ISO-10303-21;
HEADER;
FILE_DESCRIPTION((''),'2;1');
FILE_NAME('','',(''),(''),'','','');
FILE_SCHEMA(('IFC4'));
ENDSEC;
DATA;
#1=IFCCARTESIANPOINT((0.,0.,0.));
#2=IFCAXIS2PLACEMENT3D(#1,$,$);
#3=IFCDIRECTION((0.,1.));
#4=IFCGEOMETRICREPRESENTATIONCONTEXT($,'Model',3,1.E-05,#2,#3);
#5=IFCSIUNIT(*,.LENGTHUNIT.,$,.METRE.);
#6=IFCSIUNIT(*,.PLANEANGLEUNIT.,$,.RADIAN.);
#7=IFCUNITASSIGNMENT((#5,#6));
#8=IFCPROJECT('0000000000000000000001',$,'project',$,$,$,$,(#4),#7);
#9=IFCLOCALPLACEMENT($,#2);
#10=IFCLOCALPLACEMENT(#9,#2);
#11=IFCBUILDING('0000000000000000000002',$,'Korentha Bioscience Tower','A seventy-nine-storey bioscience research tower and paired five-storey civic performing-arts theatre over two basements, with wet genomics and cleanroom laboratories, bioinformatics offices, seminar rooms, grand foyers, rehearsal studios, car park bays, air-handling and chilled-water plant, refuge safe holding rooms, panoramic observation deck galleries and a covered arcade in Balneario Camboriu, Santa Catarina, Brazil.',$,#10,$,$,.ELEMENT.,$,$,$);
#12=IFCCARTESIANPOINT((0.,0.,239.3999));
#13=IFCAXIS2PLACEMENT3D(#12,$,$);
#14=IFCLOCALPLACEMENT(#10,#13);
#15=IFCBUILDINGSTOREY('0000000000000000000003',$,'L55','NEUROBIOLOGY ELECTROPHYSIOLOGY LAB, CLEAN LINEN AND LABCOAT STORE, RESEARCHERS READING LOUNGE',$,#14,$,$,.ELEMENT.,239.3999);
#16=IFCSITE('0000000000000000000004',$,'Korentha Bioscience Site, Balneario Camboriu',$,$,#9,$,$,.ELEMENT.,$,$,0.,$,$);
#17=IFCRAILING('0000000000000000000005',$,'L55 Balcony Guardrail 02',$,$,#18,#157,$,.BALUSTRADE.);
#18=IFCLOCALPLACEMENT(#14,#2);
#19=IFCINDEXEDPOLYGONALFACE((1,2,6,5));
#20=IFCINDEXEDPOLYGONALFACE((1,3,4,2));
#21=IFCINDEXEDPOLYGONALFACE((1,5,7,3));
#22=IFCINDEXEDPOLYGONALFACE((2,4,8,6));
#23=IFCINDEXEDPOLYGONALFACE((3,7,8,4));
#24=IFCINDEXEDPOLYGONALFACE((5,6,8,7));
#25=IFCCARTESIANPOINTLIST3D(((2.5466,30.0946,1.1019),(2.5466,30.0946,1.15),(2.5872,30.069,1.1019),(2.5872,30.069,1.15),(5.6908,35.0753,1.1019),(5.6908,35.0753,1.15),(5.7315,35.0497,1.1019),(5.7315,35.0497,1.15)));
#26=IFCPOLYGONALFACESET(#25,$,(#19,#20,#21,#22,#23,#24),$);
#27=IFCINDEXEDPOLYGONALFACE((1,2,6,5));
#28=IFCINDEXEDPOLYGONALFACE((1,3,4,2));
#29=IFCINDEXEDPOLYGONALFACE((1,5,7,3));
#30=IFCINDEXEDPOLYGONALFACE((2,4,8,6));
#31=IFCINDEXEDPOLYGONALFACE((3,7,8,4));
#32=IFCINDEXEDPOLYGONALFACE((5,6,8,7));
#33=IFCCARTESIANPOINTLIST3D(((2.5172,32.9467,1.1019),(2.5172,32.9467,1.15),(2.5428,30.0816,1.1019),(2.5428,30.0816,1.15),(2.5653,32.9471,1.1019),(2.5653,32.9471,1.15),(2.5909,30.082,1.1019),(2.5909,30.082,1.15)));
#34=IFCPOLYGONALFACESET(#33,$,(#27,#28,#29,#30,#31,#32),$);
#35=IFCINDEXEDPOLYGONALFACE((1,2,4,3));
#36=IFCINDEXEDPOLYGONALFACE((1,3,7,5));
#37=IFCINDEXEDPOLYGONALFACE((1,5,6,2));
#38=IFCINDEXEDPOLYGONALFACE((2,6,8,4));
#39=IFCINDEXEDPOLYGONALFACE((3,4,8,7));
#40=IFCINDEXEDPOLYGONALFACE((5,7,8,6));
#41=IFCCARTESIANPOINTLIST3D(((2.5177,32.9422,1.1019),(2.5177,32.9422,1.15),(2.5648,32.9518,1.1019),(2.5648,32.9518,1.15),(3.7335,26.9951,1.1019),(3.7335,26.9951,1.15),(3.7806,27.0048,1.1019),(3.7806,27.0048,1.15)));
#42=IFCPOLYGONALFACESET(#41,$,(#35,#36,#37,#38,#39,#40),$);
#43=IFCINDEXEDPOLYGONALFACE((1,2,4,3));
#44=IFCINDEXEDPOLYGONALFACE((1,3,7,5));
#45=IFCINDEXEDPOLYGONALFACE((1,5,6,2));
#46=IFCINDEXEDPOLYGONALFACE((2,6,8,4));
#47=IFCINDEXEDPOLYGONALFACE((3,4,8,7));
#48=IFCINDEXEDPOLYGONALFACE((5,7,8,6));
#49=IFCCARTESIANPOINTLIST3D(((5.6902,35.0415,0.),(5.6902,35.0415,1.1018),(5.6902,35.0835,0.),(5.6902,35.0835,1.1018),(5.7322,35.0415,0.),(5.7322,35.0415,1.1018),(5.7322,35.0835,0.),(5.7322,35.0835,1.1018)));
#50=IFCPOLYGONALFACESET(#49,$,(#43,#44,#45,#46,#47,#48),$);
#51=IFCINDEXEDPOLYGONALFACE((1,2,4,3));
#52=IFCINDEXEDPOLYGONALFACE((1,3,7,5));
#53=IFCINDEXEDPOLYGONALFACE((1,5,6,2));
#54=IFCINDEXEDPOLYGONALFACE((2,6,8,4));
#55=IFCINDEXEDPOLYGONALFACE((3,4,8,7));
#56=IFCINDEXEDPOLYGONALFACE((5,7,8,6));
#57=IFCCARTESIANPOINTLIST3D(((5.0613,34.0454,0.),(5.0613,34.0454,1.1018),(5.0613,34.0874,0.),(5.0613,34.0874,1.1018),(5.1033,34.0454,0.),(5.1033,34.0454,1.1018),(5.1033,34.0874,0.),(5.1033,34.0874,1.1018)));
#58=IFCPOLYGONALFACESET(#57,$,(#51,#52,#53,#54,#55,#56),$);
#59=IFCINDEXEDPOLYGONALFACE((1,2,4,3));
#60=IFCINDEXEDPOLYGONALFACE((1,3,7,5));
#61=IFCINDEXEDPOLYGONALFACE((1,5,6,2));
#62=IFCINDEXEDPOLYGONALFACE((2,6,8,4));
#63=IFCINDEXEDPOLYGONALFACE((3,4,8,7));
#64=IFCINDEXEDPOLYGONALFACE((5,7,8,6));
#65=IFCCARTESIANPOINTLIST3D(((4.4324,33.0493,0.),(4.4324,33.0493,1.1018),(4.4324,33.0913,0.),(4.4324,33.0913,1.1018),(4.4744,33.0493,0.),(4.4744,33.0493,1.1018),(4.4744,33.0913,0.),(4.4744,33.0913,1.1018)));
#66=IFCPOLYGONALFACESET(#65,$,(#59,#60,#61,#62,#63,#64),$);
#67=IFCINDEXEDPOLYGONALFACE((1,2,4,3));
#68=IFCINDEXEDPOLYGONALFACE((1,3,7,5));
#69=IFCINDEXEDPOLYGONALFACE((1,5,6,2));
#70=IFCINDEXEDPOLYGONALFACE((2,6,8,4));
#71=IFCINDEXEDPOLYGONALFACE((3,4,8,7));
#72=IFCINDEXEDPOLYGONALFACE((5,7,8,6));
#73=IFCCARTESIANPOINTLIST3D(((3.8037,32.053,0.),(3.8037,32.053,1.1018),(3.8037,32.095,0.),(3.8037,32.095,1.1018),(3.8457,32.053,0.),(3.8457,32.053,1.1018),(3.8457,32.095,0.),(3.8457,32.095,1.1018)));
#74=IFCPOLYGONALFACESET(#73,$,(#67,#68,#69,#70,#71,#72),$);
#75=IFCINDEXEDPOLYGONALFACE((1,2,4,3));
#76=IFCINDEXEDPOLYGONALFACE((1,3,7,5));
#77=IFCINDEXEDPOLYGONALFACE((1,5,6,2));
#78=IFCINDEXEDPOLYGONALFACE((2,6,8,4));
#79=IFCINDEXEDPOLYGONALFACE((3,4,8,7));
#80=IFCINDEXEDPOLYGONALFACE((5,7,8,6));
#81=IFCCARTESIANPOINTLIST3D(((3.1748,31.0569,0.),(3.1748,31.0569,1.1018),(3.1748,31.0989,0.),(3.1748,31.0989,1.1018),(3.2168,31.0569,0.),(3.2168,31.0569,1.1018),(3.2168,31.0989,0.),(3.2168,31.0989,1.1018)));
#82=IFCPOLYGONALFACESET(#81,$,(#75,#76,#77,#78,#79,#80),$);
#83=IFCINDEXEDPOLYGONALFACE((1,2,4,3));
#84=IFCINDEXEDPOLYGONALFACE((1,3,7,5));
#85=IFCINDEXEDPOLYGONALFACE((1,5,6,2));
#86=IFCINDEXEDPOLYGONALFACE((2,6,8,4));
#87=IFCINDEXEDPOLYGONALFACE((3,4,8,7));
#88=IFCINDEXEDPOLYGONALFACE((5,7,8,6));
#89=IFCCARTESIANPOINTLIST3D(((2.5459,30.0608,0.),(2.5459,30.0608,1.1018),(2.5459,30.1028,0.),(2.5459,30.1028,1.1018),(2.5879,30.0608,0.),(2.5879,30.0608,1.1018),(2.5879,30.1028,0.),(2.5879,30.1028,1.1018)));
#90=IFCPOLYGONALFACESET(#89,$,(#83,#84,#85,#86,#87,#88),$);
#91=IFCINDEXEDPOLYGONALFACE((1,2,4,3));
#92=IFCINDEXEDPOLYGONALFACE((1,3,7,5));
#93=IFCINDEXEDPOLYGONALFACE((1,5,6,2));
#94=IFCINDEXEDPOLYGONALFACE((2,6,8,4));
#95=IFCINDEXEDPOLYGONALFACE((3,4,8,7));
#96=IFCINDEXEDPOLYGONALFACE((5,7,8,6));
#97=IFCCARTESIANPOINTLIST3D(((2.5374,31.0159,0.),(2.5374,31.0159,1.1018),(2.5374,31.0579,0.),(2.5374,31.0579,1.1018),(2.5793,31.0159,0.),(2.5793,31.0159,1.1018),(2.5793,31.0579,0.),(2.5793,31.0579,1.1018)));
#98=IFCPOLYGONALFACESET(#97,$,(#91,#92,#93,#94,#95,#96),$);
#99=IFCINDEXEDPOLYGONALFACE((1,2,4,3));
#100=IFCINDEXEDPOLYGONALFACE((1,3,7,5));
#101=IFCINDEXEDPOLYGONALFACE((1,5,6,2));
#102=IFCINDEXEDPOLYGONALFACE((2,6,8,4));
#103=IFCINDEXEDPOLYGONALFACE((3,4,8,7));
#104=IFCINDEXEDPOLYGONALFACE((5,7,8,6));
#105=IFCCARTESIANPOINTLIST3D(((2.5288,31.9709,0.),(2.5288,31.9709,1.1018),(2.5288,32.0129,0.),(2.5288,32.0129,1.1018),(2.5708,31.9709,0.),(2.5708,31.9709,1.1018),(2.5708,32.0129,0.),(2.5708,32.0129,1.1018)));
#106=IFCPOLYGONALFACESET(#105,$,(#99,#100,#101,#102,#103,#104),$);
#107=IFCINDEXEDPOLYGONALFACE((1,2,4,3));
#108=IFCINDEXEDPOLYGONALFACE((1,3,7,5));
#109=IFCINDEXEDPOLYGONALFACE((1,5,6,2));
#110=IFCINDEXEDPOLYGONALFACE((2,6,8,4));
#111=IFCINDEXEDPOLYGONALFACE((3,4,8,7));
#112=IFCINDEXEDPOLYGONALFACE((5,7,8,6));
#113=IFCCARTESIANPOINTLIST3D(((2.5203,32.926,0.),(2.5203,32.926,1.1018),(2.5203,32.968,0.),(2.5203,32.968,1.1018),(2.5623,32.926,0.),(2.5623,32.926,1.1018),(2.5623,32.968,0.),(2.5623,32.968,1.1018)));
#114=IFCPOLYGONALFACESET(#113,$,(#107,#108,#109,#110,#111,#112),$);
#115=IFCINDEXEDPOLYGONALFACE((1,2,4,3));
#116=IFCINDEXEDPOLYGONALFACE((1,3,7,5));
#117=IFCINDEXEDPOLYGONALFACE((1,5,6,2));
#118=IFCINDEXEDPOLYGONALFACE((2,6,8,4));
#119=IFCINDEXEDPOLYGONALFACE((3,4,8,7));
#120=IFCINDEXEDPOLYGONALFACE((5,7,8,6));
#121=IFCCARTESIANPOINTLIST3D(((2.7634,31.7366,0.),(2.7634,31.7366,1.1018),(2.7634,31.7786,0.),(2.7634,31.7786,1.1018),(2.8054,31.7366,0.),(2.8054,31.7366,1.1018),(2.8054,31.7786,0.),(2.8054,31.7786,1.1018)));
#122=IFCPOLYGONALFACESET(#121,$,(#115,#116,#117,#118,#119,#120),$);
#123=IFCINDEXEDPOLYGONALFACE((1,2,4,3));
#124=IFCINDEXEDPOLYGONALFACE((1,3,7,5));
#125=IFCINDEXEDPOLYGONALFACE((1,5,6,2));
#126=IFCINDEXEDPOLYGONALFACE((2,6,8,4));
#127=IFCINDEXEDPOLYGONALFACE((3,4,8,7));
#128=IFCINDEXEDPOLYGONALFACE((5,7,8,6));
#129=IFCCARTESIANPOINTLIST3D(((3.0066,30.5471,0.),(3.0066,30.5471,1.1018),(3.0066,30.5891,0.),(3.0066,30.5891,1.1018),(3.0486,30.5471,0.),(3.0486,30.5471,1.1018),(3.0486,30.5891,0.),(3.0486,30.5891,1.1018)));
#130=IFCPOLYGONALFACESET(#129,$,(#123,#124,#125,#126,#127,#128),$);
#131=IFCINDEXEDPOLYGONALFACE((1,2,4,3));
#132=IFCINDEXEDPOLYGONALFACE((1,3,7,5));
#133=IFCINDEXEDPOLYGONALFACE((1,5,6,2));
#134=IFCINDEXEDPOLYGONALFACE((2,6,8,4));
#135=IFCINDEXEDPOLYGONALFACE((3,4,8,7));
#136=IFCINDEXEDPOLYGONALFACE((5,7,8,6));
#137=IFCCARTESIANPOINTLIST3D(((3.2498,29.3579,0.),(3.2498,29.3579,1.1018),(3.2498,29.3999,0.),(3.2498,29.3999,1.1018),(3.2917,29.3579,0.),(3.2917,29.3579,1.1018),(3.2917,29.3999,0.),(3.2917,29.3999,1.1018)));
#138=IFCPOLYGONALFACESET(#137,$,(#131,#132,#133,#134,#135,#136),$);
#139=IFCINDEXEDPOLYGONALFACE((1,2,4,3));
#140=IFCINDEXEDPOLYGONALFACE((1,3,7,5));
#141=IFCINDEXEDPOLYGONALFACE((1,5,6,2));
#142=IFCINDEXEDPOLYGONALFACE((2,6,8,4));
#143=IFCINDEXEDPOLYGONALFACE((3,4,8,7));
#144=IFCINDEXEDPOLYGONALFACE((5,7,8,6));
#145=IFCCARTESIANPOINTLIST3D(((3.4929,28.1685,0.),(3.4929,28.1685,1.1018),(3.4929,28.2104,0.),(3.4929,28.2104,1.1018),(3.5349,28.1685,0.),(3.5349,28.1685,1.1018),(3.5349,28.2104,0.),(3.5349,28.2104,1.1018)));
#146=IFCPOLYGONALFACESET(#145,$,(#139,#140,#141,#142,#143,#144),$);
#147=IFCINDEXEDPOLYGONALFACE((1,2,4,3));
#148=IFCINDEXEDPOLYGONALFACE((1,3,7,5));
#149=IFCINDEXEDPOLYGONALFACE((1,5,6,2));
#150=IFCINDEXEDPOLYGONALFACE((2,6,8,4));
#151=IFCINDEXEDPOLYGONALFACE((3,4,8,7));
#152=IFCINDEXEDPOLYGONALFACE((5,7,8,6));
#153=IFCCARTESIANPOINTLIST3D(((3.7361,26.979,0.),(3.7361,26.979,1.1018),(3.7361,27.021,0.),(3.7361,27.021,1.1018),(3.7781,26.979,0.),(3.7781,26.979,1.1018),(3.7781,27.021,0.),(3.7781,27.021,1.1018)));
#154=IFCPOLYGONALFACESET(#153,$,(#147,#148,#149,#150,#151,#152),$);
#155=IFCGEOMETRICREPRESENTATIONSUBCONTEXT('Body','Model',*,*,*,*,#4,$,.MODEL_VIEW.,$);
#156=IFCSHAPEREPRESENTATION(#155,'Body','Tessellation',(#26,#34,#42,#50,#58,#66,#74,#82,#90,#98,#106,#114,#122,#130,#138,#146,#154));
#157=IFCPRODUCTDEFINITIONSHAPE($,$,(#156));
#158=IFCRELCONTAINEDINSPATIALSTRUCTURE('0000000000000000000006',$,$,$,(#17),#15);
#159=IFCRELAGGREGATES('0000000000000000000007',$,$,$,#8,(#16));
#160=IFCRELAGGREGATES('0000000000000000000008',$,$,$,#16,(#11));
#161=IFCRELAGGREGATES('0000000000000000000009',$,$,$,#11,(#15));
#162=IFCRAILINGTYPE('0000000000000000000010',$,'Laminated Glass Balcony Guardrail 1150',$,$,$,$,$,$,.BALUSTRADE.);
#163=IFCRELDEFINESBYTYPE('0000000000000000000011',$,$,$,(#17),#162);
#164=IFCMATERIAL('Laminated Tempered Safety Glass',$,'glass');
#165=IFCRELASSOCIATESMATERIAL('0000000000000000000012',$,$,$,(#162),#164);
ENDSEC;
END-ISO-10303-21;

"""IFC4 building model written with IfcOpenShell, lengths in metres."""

from ifc_helpers import new_model, si_unit, direction, frame, origin, origin_2d, place, context, subcontext, project, spatial, rectangle, extrude, material, type_object, element, save


model = new_model("IFC4")

# Units and contexts
model_context = context("Model", 3, precision=1e-05, world=origin(), true_north=direction((0.0, 1.0)))
body_context = subcontext(model_context, "Body", "Model", "MODEL_VIEW")
ifc_project = project(units=[si_unit("LENGTHUNIT", "METRE"), si_unit("PLANEANGLEUNIT", "RADIAN")], contexts=[model_context])

# Site, building, storey
site_placement = place(None, origin())
site = spatial("IfcSite", under=ifc_project, at=site_placement, Name="Korentha Bioscience Site, Balneario Camboriu", CompositionType="ELEMENT", RefElevation=0.0)
building_placement = place(site_placement, origin())
building = spatial("IfcBuilding", under=site, at=building_placement, Name="Korentha Bioscience Tower", Description="A seventy-nine-storey bioscience research tower and paired five-storey civic performing-arts theatre over two basements, with wet genomics and cleanroom laboratories, bioinformatics offices, seminar rooms, grand foyers, rehearsal studios, car park bays, air-handling and chilled-water plant, refuge safe holding rooms, panoramic observation deck galleries and a covered arcade in Balneario Camboriu, Santa Catarina, Brazil.", CompositionType="ELEMENT")
storey_placement = place(building_placement, frame((0.0, 0.0, 239.3999)))
storey = spatial("IfcBuildingStorey", under=building, at=storey_placement, Name="L55", Description="NEUROBIOLOGY ELECTROPHYSIOLOGY LAB, CLEAN LINEN AND LABCOAT STORE, RESEARCHERS READING LOUNGE", CompositionType="ELEMENT", Elevation=239.3999)

# Railing
ifc_material_1 = material(Name="Laminated Tempered Safety Glass", Category="glass")
railing_type = type_object("IfcRailingType", Name="Laminated Glass Balcony Guardrail 1150", PredefinedType="BALUSTRADE", material=ifc_material_1)
railing_placement = place(storey_placement, frame((5.7112, 35.0625, 0.0)))
element("IfcRailing", 1, at=railing_placement, inside=storey, type_object=railing_type, Name="L55 Balcony Guardrail 02", PredefinedType="BALUSTRADE", context=body_context, shape_type="SweptSolid", body=[
    extrude(rectangle(XDim=0.0481, YDim=0.0481, at=origin_2d()), frame((0.0, 0.0, 1.126), z_axis=(-0.53382, -0.845598, 0.0), x_axis=(0.845598, -0.53382, 0.0)), (0.0, 0.0, 1.0), 5.8901),
    extrude(rectangle(XDim=0.0481, YDim=0.0481, at=origin_2d()), frame((-3.1443, -4.9807, 1.126), z_axis=(-0.008946, 0.99996, 0.0), x_axis=(-0.99996, -0.008946, 0.0)), (0.0, 0.0, 1.0), 2.8652),
    extrude(rectangle(XDim=0.0481, YDim=0.0481, at=origin_2d()), frame((-3.1699, -2.1155, 1.126), z_axis=(0.200299, -0.979735, 0.0), x_axis=(0.979735, 0.200299, 0.0)), (0.0, 0.0, 1.0), 6.0701),
    extrude(rectangle(XDim=0.042, YDim=0.042, at=origin_2d()), origin(), (0.0, 0.0, 1.0), 1.1018),
    extrude(rectangle(XDim=0.042, YDim=0.042, at=origin_2d()), frame((-0.6289, -0.9961, 0.0)), (0.0, 0.0, 1.0), 1.1018),
    extrude(rectangle(XDim=0.042, YDim=0.042, at=origin_2d()), frame((-1.2578, -1.9922, 0.0)), (0.0, 0.0, 1.0), 1.1018),
    extrude(rectangle(XDim=0.042, YDim=0.042, at=origin_2d()), frame((-1.8865, -2.9885, 0.0)), (0.0, 0.0, 1.0), 1.1018),
    extrude(rectangle(XDim=0.042, YDim=0.042, at=origin_2d()), frame((-2.5154, -3.9846, 0.0)), (0.0, 0.0, 1.0), 1.1018),
    extrude(rectangle(XDim=0.042, YDim=0.042, at=origin_2d()), frame((-3.1443, -4.9807, 0.0)), (0.0, 0.0, 1.0), 1.1018),
    extrude(rectangle(XDim=0.042, YDim=0.042, at=origin_2d()), frame((-3.1528, -4.0256, 0.0)), (0.0, 0.0, 1.0), 1.1018),
    extrude(rectangle(XDim=0.042, YDim=0.042, at=origin_2d()), frame((-3.1614, -3.0706, 0.0)), (0.0, 0.0, 1.0), 1.1018),
    extrude(rectangle(XDim=0.042, YDim=0.042, at=origin_2d()), frame((-3.1699, -2.1155, 0.0)), (0.0, 0.0, 1.0), 1.1018),
    extrude(rectangle(XDim=0.042, YDim=0.042, at=origin_2d()), frame((-2.9268, -3.3049, 0.0)), (0.0, 0.0, 1.0), 1.1018),
    extrude(rectangle(XDim=0.042, YDim=0.042, at=origin_2d()), frame((-2.6836, -4.4944, 0.0)), (0.0, 0.0, 1.0), 1.1018),
    extrude(rectangle(XDim=0.042, YDim=0.042, at=origin_2d()), frame((-2.4404, -5.6836, 0.0)), (0.0, 0.0, 1.0), 1.1018),
    extrude(rectangle(XDim=0.042, YDim=0.042, at=origin_2d()), frame((-2.1973, -6.873, 0.0)), (0.0, 0.0, 1.0), 1.1018),
    extrude(rectangle(XDim=0.042, YDim=0.042, at=origin_2d()), frame((-1.9541, -8.0625, 0.0)), (0.0, 0.0, 1.0), 1.1018),
])

save(model, "model.ifc")
